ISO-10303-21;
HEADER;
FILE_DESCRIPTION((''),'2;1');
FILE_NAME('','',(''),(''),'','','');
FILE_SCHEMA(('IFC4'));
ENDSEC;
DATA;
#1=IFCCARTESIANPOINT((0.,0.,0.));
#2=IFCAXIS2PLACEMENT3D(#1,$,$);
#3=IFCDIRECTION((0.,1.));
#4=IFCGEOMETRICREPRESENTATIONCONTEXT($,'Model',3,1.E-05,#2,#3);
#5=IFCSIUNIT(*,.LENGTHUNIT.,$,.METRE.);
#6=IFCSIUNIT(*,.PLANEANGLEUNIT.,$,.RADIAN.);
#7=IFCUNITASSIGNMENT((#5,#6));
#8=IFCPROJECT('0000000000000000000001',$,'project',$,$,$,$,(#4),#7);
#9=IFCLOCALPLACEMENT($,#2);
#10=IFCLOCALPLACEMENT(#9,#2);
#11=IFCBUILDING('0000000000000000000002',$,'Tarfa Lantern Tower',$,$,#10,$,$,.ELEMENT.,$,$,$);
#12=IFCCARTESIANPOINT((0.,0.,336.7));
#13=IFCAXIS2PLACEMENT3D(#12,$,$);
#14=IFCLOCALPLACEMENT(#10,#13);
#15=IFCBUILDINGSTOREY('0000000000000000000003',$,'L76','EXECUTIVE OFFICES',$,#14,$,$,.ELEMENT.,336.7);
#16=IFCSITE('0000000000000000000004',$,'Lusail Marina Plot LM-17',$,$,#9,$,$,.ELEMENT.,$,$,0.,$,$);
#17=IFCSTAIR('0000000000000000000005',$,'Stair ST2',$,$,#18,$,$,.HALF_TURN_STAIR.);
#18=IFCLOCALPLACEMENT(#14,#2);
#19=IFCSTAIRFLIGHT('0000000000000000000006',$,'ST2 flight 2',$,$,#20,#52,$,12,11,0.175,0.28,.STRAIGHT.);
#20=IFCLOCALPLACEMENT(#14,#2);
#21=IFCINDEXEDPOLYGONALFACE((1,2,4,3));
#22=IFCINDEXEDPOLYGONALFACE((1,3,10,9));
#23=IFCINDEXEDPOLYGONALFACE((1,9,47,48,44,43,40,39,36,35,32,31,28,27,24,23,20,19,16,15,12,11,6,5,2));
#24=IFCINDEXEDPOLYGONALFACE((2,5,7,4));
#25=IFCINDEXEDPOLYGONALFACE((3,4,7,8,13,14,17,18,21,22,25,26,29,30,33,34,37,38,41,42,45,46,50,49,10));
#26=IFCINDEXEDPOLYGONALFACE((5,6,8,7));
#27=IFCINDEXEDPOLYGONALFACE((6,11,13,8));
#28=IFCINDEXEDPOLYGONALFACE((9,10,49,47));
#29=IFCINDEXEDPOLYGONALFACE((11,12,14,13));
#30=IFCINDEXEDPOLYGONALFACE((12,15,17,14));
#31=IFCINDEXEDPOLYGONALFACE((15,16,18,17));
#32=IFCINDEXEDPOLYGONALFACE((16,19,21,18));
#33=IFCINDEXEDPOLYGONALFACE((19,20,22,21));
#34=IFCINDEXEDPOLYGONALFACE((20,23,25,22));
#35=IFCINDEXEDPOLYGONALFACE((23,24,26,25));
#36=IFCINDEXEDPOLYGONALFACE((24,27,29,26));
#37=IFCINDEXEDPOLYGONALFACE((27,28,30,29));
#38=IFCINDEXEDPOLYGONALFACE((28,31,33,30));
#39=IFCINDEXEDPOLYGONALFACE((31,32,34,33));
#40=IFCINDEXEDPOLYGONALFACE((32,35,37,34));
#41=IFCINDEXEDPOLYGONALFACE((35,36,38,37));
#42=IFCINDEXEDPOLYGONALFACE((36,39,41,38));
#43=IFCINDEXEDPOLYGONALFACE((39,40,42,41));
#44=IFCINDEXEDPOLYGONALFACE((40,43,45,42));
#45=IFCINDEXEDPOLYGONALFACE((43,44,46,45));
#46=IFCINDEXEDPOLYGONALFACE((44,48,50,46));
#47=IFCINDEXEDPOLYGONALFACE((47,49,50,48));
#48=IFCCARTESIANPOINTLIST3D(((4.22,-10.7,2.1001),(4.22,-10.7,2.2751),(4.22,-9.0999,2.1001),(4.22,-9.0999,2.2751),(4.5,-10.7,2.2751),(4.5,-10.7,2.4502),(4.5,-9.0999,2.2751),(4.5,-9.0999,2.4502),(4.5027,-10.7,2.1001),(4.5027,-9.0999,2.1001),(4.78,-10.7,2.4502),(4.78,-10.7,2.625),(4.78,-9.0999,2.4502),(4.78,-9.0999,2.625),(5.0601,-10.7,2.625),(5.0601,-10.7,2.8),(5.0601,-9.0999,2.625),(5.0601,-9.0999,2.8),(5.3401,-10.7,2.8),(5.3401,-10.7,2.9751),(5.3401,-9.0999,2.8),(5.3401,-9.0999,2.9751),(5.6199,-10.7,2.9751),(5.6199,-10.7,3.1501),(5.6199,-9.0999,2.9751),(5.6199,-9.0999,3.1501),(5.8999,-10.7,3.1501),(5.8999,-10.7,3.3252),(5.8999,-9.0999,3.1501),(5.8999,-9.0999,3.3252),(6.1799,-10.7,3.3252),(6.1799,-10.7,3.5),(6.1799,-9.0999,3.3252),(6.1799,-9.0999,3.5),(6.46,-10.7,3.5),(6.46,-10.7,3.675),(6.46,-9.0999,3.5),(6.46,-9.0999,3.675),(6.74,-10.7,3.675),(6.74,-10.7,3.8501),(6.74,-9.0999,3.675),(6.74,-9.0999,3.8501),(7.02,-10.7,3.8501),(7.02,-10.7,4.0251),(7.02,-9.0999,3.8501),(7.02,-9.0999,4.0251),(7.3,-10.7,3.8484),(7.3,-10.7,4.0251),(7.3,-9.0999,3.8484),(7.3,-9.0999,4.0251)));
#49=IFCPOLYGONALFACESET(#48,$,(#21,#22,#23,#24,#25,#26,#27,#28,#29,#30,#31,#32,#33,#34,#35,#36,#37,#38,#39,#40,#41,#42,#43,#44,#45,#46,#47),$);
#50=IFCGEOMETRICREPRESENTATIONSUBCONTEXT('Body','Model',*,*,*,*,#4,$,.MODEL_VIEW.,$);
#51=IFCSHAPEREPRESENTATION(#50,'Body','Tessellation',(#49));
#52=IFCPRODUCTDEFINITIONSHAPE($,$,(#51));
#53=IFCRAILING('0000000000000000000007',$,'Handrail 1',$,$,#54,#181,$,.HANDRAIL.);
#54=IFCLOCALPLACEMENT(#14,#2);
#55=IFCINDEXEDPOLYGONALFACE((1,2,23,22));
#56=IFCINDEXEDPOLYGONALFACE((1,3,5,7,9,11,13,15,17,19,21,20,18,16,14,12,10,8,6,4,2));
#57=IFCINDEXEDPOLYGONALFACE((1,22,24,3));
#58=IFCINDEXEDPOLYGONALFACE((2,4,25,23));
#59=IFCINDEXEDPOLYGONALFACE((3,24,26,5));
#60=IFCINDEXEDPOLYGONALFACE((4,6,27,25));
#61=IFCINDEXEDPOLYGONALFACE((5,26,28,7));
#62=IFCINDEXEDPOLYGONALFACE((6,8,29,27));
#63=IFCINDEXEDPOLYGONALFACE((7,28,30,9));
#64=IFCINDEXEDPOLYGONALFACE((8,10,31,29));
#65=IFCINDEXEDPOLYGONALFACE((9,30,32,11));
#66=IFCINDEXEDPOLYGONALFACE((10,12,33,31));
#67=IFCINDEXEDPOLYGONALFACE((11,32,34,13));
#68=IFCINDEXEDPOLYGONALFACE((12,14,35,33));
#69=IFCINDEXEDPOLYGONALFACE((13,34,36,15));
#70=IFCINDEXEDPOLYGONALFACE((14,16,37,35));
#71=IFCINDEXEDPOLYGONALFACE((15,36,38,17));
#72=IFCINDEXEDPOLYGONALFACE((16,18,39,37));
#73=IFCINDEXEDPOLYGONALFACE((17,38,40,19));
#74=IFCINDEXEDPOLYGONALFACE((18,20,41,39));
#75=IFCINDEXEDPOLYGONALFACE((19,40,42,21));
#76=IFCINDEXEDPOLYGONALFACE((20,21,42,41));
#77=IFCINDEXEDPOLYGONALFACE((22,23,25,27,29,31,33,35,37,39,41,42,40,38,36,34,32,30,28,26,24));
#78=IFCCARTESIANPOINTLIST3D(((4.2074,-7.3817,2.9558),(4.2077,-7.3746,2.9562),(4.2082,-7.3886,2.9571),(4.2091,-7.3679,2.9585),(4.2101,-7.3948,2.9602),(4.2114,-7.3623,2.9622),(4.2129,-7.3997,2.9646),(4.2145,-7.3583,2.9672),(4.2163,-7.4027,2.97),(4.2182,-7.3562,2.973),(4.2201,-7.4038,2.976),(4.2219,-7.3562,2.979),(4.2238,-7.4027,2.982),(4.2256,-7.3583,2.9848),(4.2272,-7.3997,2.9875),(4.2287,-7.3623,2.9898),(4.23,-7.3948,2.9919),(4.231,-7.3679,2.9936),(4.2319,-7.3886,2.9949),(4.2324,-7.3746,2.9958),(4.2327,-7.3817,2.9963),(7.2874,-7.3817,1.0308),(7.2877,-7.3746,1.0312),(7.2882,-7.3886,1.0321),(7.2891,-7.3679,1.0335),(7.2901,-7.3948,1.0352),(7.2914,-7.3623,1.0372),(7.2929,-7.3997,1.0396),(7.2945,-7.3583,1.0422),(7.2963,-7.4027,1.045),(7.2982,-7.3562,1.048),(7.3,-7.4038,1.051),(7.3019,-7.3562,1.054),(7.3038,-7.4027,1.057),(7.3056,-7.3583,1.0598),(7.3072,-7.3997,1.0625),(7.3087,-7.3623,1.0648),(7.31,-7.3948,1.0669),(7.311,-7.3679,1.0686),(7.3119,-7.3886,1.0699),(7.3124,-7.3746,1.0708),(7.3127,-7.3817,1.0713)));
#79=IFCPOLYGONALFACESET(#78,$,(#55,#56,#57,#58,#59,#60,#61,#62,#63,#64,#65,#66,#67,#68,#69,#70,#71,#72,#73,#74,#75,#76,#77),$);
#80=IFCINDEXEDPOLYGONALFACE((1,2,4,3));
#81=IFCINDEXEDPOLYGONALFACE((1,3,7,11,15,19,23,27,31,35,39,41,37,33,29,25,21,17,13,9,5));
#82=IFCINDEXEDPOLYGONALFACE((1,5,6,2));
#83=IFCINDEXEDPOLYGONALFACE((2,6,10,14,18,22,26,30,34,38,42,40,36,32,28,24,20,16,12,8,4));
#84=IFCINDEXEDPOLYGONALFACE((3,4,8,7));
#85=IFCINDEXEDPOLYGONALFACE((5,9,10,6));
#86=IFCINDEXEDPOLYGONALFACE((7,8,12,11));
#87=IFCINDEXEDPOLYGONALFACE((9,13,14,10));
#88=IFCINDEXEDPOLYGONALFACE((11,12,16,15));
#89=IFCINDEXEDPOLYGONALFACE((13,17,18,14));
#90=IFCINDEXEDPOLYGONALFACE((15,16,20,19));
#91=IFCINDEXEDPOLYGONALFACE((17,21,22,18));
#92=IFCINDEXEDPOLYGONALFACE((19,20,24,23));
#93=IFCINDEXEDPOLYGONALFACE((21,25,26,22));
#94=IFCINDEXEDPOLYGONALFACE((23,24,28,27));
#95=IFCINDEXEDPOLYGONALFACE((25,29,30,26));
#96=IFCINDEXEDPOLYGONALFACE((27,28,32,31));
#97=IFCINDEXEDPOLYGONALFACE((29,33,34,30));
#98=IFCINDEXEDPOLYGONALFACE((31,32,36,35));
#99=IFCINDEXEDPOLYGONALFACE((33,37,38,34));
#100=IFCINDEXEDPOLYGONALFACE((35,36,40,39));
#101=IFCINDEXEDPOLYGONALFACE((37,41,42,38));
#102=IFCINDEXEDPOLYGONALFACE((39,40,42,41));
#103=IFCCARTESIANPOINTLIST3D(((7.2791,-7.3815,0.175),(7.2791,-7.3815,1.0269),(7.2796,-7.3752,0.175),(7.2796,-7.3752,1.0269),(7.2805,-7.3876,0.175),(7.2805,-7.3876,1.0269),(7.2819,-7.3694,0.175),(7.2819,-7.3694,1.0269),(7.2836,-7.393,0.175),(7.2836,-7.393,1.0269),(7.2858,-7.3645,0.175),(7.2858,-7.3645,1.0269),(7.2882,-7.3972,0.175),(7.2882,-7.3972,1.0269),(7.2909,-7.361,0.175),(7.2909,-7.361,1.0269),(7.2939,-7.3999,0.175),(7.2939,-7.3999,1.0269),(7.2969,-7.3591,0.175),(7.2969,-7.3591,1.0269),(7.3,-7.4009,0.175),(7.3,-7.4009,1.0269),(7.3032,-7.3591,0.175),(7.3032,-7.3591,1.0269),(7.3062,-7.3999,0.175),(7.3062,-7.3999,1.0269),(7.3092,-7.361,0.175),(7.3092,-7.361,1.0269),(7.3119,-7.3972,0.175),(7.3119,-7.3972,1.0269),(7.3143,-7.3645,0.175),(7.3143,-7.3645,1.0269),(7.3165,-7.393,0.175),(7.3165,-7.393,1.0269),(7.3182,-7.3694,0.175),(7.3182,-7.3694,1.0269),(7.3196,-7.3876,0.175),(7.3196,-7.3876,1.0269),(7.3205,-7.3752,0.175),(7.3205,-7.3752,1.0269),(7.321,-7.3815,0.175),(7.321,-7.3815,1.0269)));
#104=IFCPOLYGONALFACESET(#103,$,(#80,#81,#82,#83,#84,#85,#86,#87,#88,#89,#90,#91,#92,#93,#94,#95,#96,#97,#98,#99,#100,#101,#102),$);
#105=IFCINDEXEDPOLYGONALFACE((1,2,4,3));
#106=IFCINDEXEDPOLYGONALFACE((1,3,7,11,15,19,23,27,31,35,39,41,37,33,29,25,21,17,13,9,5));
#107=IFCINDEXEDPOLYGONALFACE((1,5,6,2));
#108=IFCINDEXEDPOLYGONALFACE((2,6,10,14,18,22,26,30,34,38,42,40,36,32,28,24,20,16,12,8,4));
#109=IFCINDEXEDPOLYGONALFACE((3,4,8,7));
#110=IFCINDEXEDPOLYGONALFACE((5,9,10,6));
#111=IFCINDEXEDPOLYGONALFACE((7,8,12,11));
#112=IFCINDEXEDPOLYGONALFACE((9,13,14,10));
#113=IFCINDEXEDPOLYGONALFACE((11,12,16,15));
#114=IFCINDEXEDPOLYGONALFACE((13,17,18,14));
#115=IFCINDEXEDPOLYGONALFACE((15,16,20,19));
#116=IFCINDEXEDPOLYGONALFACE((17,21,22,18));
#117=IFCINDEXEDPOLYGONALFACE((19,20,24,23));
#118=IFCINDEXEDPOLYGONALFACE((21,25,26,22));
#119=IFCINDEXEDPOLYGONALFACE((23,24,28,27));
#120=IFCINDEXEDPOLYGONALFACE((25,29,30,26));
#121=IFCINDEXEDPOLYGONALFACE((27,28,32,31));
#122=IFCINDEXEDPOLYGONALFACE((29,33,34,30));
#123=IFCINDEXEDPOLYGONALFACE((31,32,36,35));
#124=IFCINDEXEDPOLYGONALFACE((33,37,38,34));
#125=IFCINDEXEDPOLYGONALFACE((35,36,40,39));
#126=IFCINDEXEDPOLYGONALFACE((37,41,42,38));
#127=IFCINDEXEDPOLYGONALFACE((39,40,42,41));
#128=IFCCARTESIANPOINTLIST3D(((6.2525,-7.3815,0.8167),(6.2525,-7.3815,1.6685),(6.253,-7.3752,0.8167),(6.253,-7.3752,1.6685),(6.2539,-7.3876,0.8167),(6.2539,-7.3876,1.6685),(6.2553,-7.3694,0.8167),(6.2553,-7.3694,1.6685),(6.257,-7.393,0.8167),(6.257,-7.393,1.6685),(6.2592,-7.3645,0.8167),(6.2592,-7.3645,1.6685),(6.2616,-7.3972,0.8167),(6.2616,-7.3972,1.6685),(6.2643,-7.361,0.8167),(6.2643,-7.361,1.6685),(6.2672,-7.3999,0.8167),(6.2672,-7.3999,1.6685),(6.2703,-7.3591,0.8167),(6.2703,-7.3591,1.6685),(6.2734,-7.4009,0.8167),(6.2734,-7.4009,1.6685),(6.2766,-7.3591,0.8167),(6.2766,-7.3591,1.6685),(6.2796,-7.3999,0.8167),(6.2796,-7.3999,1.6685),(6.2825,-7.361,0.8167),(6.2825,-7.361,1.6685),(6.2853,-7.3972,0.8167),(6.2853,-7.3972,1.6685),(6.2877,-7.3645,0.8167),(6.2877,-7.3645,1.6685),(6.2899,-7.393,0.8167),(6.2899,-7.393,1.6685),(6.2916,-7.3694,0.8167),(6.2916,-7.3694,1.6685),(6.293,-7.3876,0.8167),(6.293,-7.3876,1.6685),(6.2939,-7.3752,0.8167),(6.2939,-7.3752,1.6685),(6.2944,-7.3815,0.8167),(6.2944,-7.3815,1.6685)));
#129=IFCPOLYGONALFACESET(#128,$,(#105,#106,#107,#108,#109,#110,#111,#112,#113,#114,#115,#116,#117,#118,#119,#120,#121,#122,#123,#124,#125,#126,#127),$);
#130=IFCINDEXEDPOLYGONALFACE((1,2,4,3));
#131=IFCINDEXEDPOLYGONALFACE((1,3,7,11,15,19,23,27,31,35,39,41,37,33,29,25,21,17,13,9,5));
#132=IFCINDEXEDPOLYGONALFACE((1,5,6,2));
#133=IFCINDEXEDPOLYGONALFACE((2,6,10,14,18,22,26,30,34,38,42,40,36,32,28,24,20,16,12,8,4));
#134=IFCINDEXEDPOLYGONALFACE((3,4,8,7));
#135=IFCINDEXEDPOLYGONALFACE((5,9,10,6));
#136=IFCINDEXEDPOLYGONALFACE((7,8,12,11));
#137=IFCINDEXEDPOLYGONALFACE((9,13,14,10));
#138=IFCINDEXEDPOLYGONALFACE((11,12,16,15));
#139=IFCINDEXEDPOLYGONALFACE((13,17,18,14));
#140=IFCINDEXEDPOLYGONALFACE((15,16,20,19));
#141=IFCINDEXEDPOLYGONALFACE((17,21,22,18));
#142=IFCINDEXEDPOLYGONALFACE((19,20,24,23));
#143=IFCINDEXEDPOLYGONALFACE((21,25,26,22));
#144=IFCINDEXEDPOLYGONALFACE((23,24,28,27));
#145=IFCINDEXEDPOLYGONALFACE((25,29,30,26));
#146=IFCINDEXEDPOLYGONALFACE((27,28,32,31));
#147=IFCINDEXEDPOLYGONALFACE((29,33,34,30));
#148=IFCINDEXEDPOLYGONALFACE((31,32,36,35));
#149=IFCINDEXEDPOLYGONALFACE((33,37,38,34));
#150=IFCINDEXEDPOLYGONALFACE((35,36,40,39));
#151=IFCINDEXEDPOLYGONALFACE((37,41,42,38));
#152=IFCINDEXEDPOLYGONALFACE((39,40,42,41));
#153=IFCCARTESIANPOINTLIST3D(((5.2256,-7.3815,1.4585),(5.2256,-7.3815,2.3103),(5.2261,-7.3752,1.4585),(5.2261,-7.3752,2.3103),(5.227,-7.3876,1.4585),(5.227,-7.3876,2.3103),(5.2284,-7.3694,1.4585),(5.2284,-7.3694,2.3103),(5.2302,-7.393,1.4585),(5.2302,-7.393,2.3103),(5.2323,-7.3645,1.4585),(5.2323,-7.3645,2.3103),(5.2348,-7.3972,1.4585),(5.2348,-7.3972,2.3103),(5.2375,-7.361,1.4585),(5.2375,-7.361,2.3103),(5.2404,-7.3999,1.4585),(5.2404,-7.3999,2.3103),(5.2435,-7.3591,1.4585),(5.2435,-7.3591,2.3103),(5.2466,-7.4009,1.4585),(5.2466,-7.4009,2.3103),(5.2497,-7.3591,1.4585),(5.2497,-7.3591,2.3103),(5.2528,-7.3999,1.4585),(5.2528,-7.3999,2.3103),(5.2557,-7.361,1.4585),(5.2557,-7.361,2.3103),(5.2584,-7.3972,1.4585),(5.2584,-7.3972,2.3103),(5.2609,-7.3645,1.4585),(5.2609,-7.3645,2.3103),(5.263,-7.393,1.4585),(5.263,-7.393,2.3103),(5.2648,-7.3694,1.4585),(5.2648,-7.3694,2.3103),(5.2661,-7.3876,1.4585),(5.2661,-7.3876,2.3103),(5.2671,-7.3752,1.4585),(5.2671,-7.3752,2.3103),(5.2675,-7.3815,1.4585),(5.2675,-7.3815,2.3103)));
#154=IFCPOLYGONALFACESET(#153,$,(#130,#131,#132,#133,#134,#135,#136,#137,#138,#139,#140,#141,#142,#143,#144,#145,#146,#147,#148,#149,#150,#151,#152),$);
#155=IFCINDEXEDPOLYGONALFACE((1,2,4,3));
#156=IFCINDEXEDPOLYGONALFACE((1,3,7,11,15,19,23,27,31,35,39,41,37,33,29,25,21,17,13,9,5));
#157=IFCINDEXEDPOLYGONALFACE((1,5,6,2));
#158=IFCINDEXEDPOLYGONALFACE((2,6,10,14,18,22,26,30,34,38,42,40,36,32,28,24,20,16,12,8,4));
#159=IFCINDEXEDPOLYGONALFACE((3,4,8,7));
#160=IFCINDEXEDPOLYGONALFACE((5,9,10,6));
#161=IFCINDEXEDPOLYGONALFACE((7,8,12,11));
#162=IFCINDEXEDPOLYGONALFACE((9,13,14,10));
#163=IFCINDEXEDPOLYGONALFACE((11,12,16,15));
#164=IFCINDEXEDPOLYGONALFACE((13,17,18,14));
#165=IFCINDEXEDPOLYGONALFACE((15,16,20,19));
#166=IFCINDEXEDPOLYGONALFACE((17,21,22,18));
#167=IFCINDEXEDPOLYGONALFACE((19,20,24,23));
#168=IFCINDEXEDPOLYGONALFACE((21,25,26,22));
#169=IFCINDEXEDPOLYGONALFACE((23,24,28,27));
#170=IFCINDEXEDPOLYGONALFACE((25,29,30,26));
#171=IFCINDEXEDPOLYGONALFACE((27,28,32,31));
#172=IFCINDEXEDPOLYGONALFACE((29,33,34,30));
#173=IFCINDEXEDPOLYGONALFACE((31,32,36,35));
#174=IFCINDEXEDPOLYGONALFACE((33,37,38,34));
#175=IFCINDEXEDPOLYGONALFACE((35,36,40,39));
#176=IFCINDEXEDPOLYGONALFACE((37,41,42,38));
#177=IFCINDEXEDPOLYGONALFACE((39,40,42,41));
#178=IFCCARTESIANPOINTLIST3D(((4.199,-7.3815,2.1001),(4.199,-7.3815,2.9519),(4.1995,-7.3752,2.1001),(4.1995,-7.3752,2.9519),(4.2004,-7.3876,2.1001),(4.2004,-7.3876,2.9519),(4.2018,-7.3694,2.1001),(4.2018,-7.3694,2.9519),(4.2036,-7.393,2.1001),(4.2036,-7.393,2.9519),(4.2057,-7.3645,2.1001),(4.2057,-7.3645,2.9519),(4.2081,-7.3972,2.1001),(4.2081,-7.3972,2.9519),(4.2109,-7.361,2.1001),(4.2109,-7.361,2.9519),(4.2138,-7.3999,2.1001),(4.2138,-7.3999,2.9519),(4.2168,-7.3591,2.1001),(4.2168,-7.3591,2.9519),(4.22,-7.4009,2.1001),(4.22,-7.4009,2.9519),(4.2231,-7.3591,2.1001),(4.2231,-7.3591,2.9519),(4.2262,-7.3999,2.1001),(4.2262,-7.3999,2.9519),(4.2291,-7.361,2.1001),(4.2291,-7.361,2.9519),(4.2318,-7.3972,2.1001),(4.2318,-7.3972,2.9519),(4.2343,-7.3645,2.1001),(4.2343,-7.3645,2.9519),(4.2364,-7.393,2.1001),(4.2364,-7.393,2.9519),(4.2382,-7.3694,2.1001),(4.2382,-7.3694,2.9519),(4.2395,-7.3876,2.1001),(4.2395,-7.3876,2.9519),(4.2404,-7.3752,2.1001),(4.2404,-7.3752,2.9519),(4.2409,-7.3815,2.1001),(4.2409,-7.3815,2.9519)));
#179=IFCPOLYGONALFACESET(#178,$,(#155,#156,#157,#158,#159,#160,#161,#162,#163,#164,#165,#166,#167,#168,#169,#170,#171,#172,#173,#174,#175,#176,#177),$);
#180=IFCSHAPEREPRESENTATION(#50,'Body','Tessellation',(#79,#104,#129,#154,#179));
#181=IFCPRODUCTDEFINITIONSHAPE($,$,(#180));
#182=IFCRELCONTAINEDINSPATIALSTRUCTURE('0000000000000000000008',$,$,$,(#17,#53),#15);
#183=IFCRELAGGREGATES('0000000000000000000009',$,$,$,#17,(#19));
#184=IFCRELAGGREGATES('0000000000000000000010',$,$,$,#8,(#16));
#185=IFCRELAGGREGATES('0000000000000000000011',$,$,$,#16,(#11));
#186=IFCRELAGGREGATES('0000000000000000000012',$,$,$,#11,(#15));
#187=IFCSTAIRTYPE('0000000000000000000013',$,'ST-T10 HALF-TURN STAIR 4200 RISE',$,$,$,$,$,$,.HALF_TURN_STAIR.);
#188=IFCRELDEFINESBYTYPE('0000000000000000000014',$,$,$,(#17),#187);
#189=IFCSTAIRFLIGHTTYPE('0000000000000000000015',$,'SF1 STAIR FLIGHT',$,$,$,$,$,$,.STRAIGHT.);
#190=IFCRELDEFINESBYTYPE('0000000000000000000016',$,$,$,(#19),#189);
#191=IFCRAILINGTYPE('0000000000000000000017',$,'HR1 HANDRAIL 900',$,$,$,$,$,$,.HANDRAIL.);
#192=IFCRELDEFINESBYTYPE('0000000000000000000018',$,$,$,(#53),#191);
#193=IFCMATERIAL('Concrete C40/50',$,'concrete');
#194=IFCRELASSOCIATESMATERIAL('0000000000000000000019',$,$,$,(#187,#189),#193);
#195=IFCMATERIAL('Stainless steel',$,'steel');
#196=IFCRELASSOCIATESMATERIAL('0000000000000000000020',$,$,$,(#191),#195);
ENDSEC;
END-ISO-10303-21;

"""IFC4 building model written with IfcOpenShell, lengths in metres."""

from ifc_helpers import new_model, si_unit, direction, frame, origin, origin_2d, place, context, subcontext, project, spatial, polyline, circle, outline, extrude, material, type_object, element, aggregate, save


model = new_model("IFC4")

# Units and contexts
model_context = context("Model", 3, precision=1e-05, world=origin(), true_north=direction((0.0, 1.0)))
body_context = subcontext(model_context, "Body", "Model", "MODEL_VIEW")
ifc_project = project(units=[si_unit("LENGTHUNIT", "METRE"), si_unit("PLANEANGLEUNIT", "RADIAN")], contexts=[model_context])

# Site, building, storey
site_placement = place(None, origin())
site = spatial("IfcSite", under=ifc_project, at=site_placement, Name="Lusail Marina Plot LM-17", CompositionType="ELEMENT", RefElevation=0.0)
building_placement = place(site_placement, origin())
building = spatial("IfcBuilding", under=site, at=building_placement, Name="Tarfa Lantern Tower", CompositionType="ELEMENT")
storey_placement = place(building_placement, frame((0.0, 0.0, 336.7)))
storey = spatial("IfcBuildingStorey", under=building, at=storey_placement, Name="L76", Description="EXECUTIVE OFFICES", CompositionType="ELEMENT", Elevation=336.7)

# Stair, stair flight
ifc_material_1 = material(Name="Concrete C40/50", Category="concrete")
stair_type = type_object("IfcStairType", Name="ST-T10 HALF-TURN STAIR 4200 RISE", PredefinedType="HALF_TURN_STAIR", material=ifc_material_1)
stair_placement = place(storey_placement, origin())
stair = element("IfcStair", 1, at=stair_placement, inside=storey, type_object=stair_type, Name="Stair ST2", PredefinedType="HALF_TURN_STAIR")
stair_flight_type = type_object("IfcStairFlightType", Name="SF1 STAIR FLIGHT", PredefinedType="STRAIGHT", material=ifc_material_1)
stair_flight_1_placement = place(storey_placement, frame((4.22, -9.8999, 2.1001), z_axis=(0.0, 0.0, 1.0), x_axis=(1.0, 0.0, 0.0)))
stair_flight_1 = element("IfcStairFlight", 2, at=stair_flight_1_placement, type_object=stair_flight_type, Name="ST2 flight 2", NumberOfRisers=12, NumberOfTreads=11, PredefinedType="STRAIGHT", RiserHeight=0.175, TreadLength=0.28, context=body_context, shape_type="SweptSolid", body=[
    extrude(outline(polyline([(0.0, 0.0), (0.0, 0.175), (0.28, 0.175), (0.28, 0.3501), (0.5601, 0.3501), (0.5601, 0.5249), (0.8401, 0.5249), (0.8401, 0.7), (1.1201, 0.7), (1.1201, 0.875), (1.3999, 0.875), (1.3999, 1.05), (1.6799, 1.05), (1.6799, 1.2251), (1.96, 1.2251), (1.96, 1.3999), (2.24, 1.3999), (2.24, 1.575), (2.52, 1.575), (2.52, 1.75), (2.8, 1.75), (2.8, 1.925), (3.0801, 1.925), (3.0801, 2.1001), (3.0801, 1.7483), (0.2827, 0.0), (0.0, 0.0)])), frame((0.0, 0.8, 0.0), z_axis=(0.0, -1.0, 0.0), x_axis=(1.0, 0.0, 0.0)), (0.0, 0.0, 1.0), 1.6001),
])
aggregate(stair, [stair_flight_1])

# Railing
ifc_material_2 = material(Name="Stainless steel", Category="steel")
railing_type = type_object("IfcRailingType", Name="HR1 HANDRAIL 900", PredefinedType="HANDRAIL", material=ifc_material_2)
railing_1_placement = place(storey_placement, frame((7.3, -7.3799, 0.175)))
element("IfcRailing", 3, at=railing_1_placement, inside=storey, type_object=railing_type, Name="Handrail 1", PredefinedType="HANDRAIL", context=body_context, shape_type="SweptSolid", body=[
    extrude(circle(Radius=0.0239, at=origin_2d()), frame((0.0, 0.0, 0.876), z_axis=(-0.847998, 0.0, 0.529999), x_axis=(0.0, -1.0, 0.0)), (0.0, 0.0, 1.0), 3.6321),
    extrude(circle(Radius=0.021, at=origin_2d()), frame((0.0, 0.0, 0.0), z_axis=(0.0, 0.0, 1.0), x_axis=(0.0, -1.0, 0.0)), (0.0, 0.0, 1.0), 0.8518),
    extrude(circle(Radius=0.021, at=origin_2d()), frame((-1.0266, 0.0, 0.6416), z_axis=(0.0, 0.0, 1.0), x_axis=(0.0, -1.0, 0.0)), (0.0, 0.0, 1.0), 0.8518),
    extrude(circle(Radius=0.021, at=origin_2d()), frame((-2.0535, 0.0, 1.2834), z_axis=(0.0, 0.0, 1.0), x_axis=(0.0, -1.0, 0.0)), (0.0, 0.0, 1.0), 0.8518),
    extrude(circle(Radius=0.021, at=origin_2d()), frame((-3.0801, 0.0, 1.925), z_axis=(0.0, 0.0, 1.0), x_axis=(0.0, -1.0, 0.0)), (0.0, 0.0, 1.0), 0.8518),
])

save(model, "model.ifc")
